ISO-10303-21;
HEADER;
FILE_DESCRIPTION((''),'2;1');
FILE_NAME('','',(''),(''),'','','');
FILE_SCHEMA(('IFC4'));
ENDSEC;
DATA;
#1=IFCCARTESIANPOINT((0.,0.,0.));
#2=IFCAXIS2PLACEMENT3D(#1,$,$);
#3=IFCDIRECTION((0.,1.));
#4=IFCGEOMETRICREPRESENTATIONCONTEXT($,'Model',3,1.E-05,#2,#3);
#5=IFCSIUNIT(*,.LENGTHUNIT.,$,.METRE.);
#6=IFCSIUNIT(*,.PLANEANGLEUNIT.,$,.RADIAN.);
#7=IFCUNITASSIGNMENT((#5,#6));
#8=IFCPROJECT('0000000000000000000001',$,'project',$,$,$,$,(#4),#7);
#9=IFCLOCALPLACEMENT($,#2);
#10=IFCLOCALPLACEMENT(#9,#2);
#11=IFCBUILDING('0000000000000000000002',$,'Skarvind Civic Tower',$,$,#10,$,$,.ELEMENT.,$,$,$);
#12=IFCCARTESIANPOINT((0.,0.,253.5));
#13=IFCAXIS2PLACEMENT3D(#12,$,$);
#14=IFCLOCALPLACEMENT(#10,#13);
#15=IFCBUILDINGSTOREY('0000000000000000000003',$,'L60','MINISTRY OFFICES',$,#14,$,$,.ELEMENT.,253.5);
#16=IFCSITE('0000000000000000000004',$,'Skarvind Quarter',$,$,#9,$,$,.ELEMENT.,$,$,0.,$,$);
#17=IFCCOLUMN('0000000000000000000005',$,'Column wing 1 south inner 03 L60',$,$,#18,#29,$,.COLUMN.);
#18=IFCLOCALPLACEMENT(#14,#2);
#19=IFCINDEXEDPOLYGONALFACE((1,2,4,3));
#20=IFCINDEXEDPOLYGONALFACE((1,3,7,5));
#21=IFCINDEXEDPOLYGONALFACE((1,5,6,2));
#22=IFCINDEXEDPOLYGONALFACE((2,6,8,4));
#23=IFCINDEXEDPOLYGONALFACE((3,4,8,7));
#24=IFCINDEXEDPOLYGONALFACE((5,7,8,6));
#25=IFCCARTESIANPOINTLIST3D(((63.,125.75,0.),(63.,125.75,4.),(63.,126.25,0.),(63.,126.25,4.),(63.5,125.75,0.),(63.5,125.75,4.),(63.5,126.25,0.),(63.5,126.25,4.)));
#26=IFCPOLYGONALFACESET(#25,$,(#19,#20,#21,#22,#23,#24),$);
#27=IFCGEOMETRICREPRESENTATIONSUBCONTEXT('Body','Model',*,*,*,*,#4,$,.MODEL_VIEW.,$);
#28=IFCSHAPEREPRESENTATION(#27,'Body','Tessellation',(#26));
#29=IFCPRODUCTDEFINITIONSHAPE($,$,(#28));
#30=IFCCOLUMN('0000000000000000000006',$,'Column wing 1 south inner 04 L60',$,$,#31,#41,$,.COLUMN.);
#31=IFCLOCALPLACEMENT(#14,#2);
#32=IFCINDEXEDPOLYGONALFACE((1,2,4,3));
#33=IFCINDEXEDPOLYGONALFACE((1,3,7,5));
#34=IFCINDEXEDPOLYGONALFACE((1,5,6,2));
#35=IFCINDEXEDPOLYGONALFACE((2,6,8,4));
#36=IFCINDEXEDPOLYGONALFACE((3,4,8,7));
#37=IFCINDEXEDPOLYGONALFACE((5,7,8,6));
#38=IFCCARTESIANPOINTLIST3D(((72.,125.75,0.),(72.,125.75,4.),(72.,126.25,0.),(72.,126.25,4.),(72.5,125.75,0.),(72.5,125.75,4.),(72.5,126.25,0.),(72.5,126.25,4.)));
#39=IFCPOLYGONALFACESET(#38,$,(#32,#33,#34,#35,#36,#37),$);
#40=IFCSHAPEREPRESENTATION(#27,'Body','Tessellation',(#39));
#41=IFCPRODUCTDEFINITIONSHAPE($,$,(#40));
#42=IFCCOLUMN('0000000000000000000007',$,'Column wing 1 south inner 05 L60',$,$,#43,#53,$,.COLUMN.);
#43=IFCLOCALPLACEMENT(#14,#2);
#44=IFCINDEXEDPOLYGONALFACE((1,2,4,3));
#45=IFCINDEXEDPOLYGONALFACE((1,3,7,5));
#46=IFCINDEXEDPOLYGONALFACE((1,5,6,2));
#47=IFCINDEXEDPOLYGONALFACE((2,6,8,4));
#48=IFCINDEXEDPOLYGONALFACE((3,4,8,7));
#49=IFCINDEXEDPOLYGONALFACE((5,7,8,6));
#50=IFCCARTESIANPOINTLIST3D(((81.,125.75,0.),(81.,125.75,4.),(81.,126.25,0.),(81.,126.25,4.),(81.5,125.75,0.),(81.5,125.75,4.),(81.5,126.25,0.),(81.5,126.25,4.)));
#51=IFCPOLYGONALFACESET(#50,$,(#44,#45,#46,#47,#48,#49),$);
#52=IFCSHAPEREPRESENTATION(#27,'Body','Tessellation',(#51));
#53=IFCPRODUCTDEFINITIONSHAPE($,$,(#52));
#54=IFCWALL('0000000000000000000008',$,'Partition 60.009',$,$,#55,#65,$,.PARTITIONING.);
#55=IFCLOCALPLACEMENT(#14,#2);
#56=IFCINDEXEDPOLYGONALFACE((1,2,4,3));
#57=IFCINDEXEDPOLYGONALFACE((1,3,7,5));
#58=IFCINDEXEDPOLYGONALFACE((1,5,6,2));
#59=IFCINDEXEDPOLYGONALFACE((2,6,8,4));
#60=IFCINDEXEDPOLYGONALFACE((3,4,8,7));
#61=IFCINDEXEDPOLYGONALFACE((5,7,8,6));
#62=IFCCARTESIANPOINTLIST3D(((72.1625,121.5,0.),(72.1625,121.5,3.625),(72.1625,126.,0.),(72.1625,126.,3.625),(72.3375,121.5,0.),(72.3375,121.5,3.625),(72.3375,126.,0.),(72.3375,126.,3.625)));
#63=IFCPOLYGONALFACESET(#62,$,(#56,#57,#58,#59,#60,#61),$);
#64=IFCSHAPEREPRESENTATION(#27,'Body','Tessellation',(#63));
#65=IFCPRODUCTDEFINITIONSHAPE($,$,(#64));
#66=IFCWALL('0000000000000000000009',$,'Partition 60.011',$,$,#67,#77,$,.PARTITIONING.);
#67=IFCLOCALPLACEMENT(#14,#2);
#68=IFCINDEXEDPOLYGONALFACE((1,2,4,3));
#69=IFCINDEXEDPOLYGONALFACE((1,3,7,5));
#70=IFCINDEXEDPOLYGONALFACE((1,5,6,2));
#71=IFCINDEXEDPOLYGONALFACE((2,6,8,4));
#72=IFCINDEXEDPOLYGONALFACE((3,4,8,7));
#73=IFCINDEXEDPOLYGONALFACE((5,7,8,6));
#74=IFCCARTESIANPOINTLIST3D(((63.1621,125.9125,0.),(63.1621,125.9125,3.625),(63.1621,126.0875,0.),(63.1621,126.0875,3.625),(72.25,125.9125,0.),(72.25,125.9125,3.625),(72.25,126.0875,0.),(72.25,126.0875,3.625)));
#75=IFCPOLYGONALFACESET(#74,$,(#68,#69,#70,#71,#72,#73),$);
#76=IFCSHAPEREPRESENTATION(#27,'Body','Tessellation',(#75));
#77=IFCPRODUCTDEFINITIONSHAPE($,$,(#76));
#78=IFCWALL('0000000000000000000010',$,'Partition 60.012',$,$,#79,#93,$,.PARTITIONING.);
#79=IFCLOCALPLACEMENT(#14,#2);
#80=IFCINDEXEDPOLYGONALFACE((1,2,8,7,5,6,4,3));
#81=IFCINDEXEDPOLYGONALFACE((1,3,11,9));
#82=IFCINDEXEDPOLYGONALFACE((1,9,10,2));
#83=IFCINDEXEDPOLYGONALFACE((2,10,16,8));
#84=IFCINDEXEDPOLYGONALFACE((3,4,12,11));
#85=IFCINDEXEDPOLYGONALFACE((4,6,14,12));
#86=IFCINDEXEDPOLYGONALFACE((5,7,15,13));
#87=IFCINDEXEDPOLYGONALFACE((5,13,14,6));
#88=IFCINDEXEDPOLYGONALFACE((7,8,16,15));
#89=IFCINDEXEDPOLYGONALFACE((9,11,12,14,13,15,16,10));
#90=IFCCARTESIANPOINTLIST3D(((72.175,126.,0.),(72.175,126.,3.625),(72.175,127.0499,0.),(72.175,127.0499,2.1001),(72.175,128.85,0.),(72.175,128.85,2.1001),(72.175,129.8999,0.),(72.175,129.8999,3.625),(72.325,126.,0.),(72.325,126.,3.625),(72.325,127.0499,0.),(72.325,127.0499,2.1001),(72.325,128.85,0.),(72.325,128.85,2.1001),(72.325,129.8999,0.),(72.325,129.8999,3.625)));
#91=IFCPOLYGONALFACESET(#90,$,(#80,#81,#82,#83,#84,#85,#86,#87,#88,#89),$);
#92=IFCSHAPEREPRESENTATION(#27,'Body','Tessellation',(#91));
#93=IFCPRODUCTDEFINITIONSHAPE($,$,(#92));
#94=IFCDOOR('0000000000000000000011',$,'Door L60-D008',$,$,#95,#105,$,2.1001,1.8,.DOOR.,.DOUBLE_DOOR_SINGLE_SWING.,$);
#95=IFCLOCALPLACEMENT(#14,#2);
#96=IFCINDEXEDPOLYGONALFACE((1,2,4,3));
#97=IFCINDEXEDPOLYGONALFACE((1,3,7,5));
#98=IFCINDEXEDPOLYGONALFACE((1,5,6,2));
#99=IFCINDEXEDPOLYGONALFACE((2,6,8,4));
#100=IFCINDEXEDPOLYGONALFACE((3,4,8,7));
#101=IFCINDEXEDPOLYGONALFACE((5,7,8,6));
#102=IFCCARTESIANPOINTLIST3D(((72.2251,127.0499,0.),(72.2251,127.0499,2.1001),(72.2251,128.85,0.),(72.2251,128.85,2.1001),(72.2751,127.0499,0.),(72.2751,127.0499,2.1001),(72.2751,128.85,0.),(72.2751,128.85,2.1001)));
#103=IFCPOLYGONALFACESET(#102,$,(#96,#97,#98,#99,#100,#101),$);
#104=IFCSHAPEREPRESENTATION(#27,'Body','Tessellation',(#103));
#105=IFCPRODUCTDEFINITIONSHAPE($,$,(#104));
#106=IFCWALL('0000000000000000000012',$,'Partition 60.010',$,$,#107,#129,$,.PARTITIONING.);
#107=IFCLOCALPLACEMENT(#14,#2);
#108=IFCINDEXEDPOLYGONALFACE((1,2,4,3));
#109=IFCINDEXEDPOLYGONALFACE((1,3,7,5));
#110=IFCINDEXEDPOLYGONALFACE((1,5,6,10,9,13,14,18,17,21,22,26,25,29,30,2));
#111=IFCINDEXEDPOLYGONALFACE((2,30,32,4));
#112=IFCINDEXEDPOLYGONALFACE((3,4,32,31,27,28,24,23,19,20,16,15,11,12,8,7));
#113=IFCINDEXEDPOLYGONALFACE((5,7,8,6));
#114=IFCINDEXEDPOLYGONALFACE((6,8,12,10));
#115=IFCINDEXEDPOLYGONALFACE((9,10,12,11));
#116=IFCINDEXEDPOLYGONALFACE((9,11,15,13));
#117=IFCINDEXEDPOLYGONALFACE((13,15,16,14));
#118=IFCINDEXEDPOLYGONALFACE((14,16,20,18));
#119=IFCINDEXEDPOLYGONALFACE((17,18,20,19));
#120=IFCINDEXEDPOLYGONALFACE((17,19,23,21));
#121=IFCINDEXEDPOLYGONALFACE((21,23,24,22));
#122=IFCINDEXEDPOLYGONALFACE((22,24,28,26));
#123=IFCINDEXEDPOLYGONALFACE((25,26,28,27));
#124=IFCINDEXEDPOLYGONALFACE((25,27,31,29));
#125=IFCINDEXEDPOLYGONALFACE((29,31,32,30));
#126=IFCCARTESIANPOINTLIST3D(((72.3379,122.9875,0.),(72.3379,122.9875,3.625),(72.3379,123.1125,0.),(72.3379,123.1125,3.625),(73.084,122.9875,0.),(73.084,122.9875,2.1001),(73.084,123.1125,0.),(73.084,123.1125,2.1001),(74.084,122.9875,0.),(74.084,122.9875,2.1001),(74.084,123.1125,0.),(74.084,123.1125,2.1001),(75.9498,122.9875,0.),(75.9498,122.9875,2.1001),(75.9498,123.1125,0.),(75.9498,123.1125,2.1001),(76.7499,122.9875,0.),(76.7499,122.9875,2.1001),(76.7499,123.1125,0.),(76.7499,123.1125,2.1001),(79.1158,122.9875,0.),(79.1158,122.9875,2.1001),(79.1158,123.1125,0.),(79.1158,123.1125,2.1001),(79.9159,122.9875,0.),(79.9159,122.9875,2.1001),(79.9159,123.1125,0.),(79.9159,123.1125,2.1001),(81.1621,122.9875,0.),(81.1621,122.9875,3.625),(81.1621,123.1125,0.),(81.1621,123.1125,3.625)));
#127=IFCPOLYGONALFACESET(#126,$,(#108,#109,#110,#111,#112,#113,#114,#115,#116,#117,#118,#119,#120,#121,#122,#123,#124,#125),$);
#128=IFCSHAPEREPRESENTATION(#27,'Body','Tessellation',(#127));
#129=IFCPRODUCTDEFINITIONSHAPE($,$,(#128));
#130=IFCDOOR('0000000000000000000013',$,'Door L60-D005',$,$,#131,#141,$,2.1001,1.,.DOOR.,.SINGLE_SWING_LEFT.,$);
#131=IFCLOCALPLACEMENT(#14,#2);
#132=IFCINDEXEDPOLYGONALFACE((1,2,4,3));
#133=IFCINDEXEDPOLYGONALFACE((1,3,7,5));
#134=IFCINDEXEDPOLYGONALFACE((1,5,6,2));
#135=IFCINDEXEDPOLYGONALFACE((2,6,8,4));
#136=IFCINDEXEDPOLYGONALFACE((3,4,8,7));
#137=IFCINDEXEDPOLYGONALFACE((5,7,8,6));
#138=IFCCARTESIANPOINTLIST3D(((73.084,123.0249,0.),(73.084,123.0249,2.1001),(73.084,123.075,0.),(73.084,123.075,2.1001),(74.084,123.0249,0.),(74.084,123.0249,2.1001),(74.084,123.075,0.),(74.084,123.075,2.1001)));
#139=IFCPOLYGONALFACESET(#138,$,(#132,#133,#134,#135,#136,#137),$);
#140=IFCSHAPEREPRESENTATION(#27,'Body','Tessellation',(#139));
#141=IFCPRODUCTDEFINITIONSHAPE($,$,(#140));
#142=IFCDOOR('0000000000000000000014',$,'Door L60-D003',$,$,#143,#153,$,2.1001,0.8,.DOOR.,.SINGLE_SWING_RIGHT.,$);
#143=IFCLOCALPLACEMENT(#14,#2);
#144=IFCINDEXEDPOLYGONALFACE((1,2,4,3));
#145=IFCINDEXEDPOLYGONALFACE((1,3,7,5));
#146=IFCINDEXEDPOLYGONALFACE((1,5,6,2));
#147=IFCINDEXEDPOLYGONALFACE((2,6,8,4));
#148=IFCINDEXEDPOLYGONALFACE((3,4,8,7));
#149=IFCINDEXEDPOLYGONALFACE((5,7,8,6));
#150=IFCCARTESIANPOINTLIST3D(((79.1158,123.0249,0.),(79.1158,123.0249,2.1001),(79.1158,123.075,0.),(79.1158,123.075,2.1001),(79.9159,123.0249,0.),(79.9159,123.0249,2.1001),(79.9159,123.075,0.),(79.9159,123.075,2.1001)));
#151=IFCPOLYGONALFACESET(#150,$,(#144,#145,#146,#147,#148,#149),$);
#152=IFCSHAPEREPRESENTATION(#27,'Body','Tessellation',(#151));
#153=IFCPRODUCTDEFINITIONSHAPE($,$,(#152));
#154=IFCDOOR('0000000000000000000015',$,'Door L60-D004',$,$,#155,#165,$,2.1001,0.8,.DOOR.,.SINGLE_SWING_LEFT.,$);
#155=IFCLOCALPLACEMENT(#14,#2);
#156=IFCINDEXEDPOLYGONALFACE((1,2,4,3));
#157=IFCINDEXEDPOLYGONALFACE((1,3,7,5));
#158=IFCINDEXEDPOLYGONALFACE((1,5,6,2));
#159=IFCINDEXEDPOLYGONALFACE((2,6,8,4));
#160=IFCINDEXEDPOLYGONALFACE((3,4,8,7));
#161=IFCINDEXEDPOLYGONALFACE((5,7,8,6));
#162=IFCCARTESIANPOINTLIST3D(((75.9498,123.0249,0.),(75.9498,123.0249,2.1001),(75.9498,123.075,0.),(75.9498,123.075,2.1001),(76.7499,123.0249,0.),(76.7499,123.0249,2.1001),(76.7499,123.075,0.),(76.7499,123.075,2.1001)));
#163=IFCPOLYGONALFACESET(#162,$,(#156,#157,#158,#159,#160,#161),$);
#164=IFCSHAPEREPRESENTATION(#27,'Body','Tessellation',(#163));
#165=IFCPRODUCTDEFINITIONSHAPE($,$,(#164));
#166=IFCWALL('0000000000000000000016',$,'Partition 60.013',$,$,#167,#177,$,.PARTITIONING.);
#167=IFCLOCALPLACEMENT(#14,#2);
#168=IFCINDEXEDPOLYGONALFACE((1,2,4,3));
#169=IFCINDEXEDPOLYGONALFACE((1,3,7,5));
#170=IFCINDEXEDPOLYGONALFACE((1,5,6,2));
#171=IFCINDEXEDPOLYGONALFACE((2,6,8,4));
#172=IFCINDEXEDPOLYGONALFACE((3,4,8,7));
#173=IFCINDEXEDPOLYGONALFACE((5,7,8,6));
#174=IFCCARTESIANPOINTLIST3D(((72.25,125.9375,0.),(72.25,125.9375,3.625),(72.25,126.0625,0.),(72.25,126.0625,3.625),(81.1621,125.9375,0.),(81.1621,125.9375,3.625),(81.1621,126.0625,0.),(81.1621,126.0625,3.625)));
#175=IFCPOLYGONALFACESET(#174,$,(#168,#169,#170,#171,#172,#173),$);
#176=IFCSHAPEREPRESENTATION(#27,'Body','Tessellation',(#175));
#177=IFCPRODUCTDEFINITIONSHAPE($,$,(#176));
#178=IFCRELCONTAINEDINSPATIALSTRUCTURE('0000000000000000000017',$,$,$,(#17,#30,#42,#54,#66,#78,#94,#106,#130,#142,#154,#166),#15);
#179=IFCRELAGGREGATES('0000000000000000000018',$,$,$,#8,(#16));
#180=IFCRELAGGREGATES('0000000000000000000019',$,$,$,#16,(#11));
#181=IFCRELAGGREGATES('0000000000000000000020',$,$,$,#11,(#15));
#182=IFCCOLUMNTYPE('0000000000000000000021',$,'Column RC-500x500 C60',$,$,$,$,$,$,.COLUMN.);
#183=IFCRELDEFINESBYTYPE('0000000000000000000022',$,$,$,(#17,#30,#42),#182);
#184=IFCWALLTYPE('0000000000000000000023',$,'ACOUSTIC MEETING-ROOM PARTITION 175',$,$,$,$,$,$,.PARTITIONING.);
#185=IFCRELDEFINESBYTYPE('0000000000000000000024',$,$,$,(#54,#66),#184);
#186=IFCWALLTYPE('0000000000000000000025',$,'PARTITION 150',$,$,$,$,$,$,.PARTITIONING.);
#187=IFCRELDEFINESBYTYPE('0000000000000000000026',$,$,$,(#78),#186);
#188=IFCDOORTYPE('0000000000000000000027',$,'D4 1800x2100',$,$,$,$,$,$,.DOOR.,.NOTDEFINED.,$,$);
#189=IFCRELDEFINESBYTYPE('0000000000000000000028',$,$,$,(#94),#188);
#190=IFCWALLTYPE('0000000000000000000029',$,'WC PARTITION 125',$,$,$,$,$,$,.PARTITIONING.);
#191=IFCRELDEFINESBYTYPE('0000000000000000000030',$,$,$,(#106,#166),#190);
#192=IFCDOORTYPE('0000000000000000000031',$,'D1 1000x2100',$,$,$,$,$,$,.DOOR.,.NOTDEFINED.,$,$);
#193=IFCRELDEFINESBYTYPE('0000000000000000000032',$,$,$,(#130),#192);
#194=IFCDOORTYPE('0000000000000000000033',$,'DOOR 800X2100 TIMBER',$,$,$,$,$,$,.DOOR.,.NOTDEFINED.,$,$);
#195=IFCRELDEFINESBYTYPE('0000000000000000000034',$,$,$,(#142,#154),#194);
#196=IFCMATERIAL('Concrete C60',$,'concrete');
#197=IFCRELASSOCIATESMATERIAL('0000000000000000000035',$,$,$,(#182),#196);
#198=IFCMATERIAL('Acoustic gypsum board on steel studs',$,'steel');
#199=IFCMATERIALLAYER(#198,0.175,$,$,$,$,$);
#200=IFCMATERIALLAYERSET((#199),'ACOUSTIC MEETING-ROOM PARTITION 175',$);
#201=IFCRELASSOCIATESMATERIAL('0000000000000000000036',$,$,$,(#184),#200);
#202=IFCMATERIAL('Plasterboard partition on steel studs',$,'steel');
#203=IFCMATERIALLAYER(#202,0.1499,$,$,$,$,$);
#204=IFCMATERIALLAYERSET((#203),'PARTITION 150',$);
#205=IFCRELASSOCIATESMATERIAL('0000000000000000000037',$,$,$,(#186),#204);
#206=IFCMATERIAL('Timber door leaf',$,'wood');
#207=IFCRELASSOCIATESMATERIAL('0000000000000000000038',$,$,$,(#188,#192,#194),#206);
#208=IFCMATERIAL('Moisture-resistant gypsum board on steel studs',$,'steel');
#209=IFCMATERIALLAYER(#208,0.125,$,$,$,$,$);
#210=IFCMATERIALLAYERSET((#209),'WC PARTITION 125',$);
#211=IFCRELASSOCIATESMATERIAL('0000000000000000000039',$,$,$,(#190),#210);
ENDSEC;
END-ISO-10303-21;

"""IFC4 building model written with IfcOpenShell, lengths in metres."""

from ifc_helpers import new_model, si_unit, direction, frame, frame_2d, origin, origin_2d, place, context, subcontext, project, spatial, rectangle, extrude, material, layer, layer_set, material_profile, profile_set, type_object, element, fill, save


model = new_model("IFC4")

# Units and contexts
model_context = context("Model", 3, precision=1e-05, world=origin(), true_north=direction((0.0, 1.0)))
body_context = subcontext(model_context, "Body", "Model", "MODEL_VIEW")
ifc_project = project(units=[si_unit("LENGTHUNIT", "METRE"), si_unit("PLANEANGLEUNIT", "RADIAN")], contexts=[model_context])

# Site, building, storey
site_placement = place(None, origin())
site = spatial("IfcSite", under=ifc_project, at=site_placement, Name="Skarvind Quarter", CompositionType="ELEMENT", RefElevation=0.0)
building_placement = place(site_placement, origin())
building = spatial("IfcBuilding", under=site, at=building_placement, Name="Skarvind Civic Tower", CompositionType="ELEMENT")
storey_placement = place(building_placement, frame((0.0, 0.0, 253.5)))
storey = spatial("IfcBuildingStorey", under=building, at=storey_placement, Name="L60", Description="MINISTRY OFFICES", CompositionType="ELEMENT", Elevation=253.5)

# Columns
ifc_material_1 = material(Name="Concrete C60", Category="concrete")
ifc_material_profile = material_profile(ifc_material_1, rectangle(XDim=0.5, YDim=0.5, at=origin_2d()), Name="RC-500x500")
ifc_profile_set = profile_set([ifc_material_profile], Name="Concrete C60")
column_type = type_object("IfcColumnType", Name="Column RC-500x500 C60", PredefinedType="COLUMN", material=ifc_profile_set)
for number, where, z_axis, x_axis, name in (
    (1, (63.25, 126.0, 0.0), (0.0, 0.0, 1.0), (1.0, 0.0, 0.0), "Column wing 1 south inner 03 L60"),
    (2, (72.25, 126.0, 0.0), (0.0, 0.0, 1.0), (1.0, 0.0, 0.0), "Column wing 1 south inner 04 L60"),
    (3, (81.25, 126.0, 0.0), (0.0, 0.0, 1.0), (1.0, 0.0, 0.0), "Column wing 1 south inner 05 L60"),
):
    element("IfcColumn", number, at=place(storey_placement, frame(where, z_axis=z_axis, x_axis=x_axis)), inside=storey, type_object=column_type, Name=name, PredefinedType="COLUMN", context=body_context, shape_type="SweptSolid", body=[
        extrude(rectangle(XDim=0.5, YDim=0.5, at=origin_2d()), origin(), (0.0, 0.0, 1.0), 4.0),
    ])

# Walls
ifc_material_2 = material(Name="Acoustic gypsum board on steel studs", Category="steel")
ifc_layer_1 = layer(ifc_material_2, 0.175)
ifc_layer_set_1 = layer_set([ifc_layer_1], Name="ACOUSTIC MEETING-ROOM PARTITION 175")
wall_type_1 = type_object("IfcWallType", Name="ACOUSTIC MEETING-ROOM PARTITION 175", PredefinedType="PARTITIONING", material=ifc_layer_set_1)
wall_1_placement = place(storey_placement, frame((72.25, 121.5, 0.0), z_axis=(0.0, 0.0, 1.0), x_axis=(0.0, 1.0, 0.0)))
element("IfcWall", 4, at=wall_1_placement, inside=storey, type_object=wall_type_1, Name="Partition 60.009", PredefinedType="PARTITIONING", context=body_context, shape_type="SweptSolid", body=[
    extrude(rectangle(XDim=4.5, YDim=0.175, at=frame_2d((2.25, 0.0))), origin(), (0.0, 0.0, 1.0), 3.625),
])
wall_2_placement = place(storey_placement, frame((72.25, 126.0, 0.0), z_axis=(0.0, 0.0, 1.0), x_axis=(-1.0, 0.0, 0.0)))
element("IfcWall", 5, at=wall_2_placement, inside=storey, type_object=wall_type_1, Name="Partition 60.011", PredefinedType="PARTITIONING", context=body_context, shape_type="SweptSolid", body=[
    extrude(rectangle(XDim=9.0879, YDim=0.175, at=frame_2d((4.5439, 0.0))), origin(), (0.0, 0.0, 1.0), 3.625),
])

# Wall, opening, door
ifc_material_3 = material(Name="Plasterboard partition on steel studs", Category="steel")
ifc_layer_2 = layer(ifc_material_3, 0.1499)
ifc_layer_set_2 = layer_set([ifc_layer_2], Name="PARTITION 150")
wall_type_2 = type_object("IfcWallType", Name="PARTITION 150", PredefinedType="PARTITIONING", material=ifc_layer_set_2)
wall_3_placement = place(storey_placement, frame((72.25, 126.0, 0.0), z_axis=(0.0, 0.0, 1.0), x_axis=(0.0, 1.0, 0.0)))
wall_3 = element("IfcWall", 6, at=wall_3_placement, inside=storey, type_object=wall_type_2, Name="Partition 60.012", PredefinedType="PARTITIONING", context=body_context, shape_type="SweptSolid", body=[
    extrude(rectangle(XDim=3.8999, YDim=0.1499, at=frame_2d((1.95, 0.0))), origin(), (0.0, 0.0, 1.0), 3.625),
])
opening_1_placement = place(wall_3_placement, frame((1.05, 0.0, 0.0)))
opening_1 = element("IfcOpeningElement", 7, at=opening_1_placement, cuts=wall_3, PredefinedType="OPENING", context=body_context, shape_type="SweptSolid", body=[
    extrude(rectangle(XDim=1.8, YDim=2.1001, at=frame_2d((0.8999, 1.05))), frame((0.0, 0.085, 0.0), z_axis=(0.0, -1.0, 0.0), x_axis=(1.0, 0.0, 0.0)), (0.0, 0.0, 1.0), 0.1699),
])
ifc_material_4 = material(Name="Timber door leaf", Category="wood")
door_type_1 = type_object("IfcDoorType", Name="D4 1800x2100", OperationType="NOTDEFINED", PredefinedType="DOOR", material=ifc_material_4)
door_1_placement = place(opening_1_placement, origin())
door_1 = element("IfcDoor", 8, at=door_1_placement, inside=storey, type_object=door_type_1, Name="Door L60-D008", OperationType="DOUBLE_DOOR_SINGLE_SWING", OverallHeight=2.1001, OverallWidth=1.8, PredefinedType="DOOR", context=body_context, shape_type="SweptSolid", body=[
    extrude(rectangle(XDim=1.8, YDim=2.1001, at=frame_2d((0.8999, 1.05))), frame((0.0, 0.0249, 0.0), z_axis=(0.0, -1.0, 0.0), x_axis=(1.0, 0.0, 0.0)), (0.0, 0.0, 1.0), 0.05),
])
fill(opening_1, door_1)

# Wall, openings, doors
ifc_material_5 = material(Name="Moisture-resistant gypsum board on steel studs", Category="steel")
ifc_layer_3 = layer(ifc_material_5, 0.125)
ifc_layer_set_3 = layer_set([ifc_layer_3], Name="WC PARTITION 125")
wall_type_3 = type_object("IfcWallType", Name="WC PARTITION 125", PredefinedType="PARTITIONING", material=ifc_layer_set_3)
wall_4_placement = place(storey_placement, frame((72.3379, 123.05, 0.0), z_axis=(0.0, 0.0, 1.0), x_axis=(1.0, 0.0, 0.0)))
wall_4 = element("IfcWall", 9, at=wall_4_placement, inside=storey, type_object=wall_type_3, Name="Partition 60.010", PredefinedType="PARTITIONING", context=body_context, shape_type="SweptSolid", body=[
    extrude(rectangle(XDim=8.8242, YDim=0.125, at=frame_2d((4.4121, 0.0))), origin(), (0.0, 0.0, 1.0), 3.625),
])
opening_2_placement = place(wall_4_placement, frame((6.7781, 0.0, 0.0)))
opening_2 = element("IfcOpeningElement", 10, at=opening_2_placement, cuts=wall_4, PredefinedType="OPENING", context=body_context, shape_type="SweptSolid", body=[
    extrude(rectangle(XDim=0.8, YDim=2.1001, at=frame_2d((0.3999, 1.05))), frame((0.0, 0.0725, 0.0), z_axis=(0.0, -1.0, 0.0), x_axis=(1.0, 0.0, 0.0)), (0.0, 0.0, 1.0), 0.145),
])
opening_3_placement = place(wall_4_placement, frame((3.6121, 0.0, 0.0)))
opening_3 = element("IfcOpeningElement", 11, at=opening_3_placement, cuts=wall_4, PredefinedType="OPENING", context=body_context, shape_type="SweptSolid", body=[
    extrude(rectangle(XDim=0.8, YDim=2.1001, at=frame_2d((0.3999, 1.05))), frame((0.0, 0.0725, 0.0), z_axis=(0.0, -1.0, 0.0), x_axis=(1.0, 0.0, 0.0)), (0.0, 0.0, 1.0), 0.145),
])
opening_4_placement = place(wall_4_placement, frame((0.7461, 0.0, 0.0)))
opening_4 = element("IfcOpeningElement", 12, at=opening_4_placement, cuts=wall_4, PredefinedType="OPENING", context=body_context, shape_type="SweptSolid", body=[
    extrude(rectangle(XDim=1.0, YDim=2.1001, at=frame_2d((0.5, 1.05))), frame((0.0, 0.0725, 0.0), z_axis=(0.0, -1.0, 0.0), x_axis=(1.0, 0.0, 0.0)), (0.0, 0.0, 1.0), 0.145),
])
door_type_2 = type_object("IfcDoorType", Name="D1 1000x2100", OperationType="NOTDEFINED", PredefinedType="DOOR", material=ifc_material_4)
door_2_placement = place(opening_4_placement, origin())
door_2 = element("IfcDoor", 13, at=door_2_placement, inside=storey, type_object=door_type_2, Name="Door L60-D005", OperationType="SINGLE_SWING_LEFT", OverallHeight=2.1001, OverallWidth=1.0, PredefinedType="DOOR", context=body_context, shape_type="SweptSolid", body=[
    extrude(rectangle(XDim=1.0, YDim=2.1001, at=frame_2d((0.5, 1.05))), frame((0.0, 0.0249, 0.0), z_axis=(0.0, -1.0, 0.0), x_axis=(1.0, 0.0, 0.0)), (0.0, 0.0, 1.0), 0.05),
])
fill(opening_4, door_2)
door_type_3 = type_object("IfcDoorType", Name="DOOR 800X2100 TIMBER", OperationType="NOTDEFINED", PredefinedType="DOOR", material=ifc_material_4)
door_3_placement = place(opening_2_placement, origin())
door_3 = element("IfcDoor", 14, at=door_3_placement, inside=storey, type_object=door_type_3, Name="Door L60-D003", OperationType="SINGLE_SWING_RIGHT", OverallHeight=2.1001, OverallWidth=0.8, PredefinedType="DOOR", context=body_context, shape_type="SweptSolid", body=[
    extrude(rectangle(XDim=0.8, YDim=2.1001, at=frame_2d((0.3999, 1.05))), frame((0.0, 0.0249, 0.0), z_axis=(0.0, -1.0, 0.0), x_axis=(1.0, 0.0, 0.0)), (0.0, 0.0, 1.0), 0.05),
])
fill(opening_2, door_3)
door_4_placement = place(opening_3_placement, origin())
door_4 = element("IfcDoor", 15, at=door_4_placement, inside=storey, type_object=door_type_3, Name="Door L60-D004", OperationType="SINGLE_SWING_LEFT", OverallHeight=2.1001, OverallWidth=0.8, PredefinedType="DOOR", context=body_context, shape_type="SweptSolid", body=[
    extrude(rectangle(XDim=0.8, YDim=2.1001, at=frame_2d((0.3999, 1.05))), frame((0.0, 0.0249, 0.0), z_axis=(0.0, -1.0, 0.0), x_axis=(1.0, 0.0, 0.0)), (0.0, 0.0, 1.0), 0.05),
])
fill(opening_3, door_4)

# Wall
wall_5_placement = place(storey_placement, frame((72.25, 126.0, 0.0), z_axis=(0.0, 0.0, 1.0), x_axis=(1.0, 0.0, 0.0)))
element("IfcWall", 16, at=wall_5_placement, inside=storey, type_object=wall_type_3, Name="Partition 60.013", PredefinedType="PARTITIONING", context=body_context, shape_type="SweptSolid", body=[
    extrude(rectangle(XDim=8.9121, YDim=0.125, at=frame_2d((4.4561, 0.0))), origin(), (0.0, 0.0, 1.0), 3.625),
])

save(model, "model.ifc")
